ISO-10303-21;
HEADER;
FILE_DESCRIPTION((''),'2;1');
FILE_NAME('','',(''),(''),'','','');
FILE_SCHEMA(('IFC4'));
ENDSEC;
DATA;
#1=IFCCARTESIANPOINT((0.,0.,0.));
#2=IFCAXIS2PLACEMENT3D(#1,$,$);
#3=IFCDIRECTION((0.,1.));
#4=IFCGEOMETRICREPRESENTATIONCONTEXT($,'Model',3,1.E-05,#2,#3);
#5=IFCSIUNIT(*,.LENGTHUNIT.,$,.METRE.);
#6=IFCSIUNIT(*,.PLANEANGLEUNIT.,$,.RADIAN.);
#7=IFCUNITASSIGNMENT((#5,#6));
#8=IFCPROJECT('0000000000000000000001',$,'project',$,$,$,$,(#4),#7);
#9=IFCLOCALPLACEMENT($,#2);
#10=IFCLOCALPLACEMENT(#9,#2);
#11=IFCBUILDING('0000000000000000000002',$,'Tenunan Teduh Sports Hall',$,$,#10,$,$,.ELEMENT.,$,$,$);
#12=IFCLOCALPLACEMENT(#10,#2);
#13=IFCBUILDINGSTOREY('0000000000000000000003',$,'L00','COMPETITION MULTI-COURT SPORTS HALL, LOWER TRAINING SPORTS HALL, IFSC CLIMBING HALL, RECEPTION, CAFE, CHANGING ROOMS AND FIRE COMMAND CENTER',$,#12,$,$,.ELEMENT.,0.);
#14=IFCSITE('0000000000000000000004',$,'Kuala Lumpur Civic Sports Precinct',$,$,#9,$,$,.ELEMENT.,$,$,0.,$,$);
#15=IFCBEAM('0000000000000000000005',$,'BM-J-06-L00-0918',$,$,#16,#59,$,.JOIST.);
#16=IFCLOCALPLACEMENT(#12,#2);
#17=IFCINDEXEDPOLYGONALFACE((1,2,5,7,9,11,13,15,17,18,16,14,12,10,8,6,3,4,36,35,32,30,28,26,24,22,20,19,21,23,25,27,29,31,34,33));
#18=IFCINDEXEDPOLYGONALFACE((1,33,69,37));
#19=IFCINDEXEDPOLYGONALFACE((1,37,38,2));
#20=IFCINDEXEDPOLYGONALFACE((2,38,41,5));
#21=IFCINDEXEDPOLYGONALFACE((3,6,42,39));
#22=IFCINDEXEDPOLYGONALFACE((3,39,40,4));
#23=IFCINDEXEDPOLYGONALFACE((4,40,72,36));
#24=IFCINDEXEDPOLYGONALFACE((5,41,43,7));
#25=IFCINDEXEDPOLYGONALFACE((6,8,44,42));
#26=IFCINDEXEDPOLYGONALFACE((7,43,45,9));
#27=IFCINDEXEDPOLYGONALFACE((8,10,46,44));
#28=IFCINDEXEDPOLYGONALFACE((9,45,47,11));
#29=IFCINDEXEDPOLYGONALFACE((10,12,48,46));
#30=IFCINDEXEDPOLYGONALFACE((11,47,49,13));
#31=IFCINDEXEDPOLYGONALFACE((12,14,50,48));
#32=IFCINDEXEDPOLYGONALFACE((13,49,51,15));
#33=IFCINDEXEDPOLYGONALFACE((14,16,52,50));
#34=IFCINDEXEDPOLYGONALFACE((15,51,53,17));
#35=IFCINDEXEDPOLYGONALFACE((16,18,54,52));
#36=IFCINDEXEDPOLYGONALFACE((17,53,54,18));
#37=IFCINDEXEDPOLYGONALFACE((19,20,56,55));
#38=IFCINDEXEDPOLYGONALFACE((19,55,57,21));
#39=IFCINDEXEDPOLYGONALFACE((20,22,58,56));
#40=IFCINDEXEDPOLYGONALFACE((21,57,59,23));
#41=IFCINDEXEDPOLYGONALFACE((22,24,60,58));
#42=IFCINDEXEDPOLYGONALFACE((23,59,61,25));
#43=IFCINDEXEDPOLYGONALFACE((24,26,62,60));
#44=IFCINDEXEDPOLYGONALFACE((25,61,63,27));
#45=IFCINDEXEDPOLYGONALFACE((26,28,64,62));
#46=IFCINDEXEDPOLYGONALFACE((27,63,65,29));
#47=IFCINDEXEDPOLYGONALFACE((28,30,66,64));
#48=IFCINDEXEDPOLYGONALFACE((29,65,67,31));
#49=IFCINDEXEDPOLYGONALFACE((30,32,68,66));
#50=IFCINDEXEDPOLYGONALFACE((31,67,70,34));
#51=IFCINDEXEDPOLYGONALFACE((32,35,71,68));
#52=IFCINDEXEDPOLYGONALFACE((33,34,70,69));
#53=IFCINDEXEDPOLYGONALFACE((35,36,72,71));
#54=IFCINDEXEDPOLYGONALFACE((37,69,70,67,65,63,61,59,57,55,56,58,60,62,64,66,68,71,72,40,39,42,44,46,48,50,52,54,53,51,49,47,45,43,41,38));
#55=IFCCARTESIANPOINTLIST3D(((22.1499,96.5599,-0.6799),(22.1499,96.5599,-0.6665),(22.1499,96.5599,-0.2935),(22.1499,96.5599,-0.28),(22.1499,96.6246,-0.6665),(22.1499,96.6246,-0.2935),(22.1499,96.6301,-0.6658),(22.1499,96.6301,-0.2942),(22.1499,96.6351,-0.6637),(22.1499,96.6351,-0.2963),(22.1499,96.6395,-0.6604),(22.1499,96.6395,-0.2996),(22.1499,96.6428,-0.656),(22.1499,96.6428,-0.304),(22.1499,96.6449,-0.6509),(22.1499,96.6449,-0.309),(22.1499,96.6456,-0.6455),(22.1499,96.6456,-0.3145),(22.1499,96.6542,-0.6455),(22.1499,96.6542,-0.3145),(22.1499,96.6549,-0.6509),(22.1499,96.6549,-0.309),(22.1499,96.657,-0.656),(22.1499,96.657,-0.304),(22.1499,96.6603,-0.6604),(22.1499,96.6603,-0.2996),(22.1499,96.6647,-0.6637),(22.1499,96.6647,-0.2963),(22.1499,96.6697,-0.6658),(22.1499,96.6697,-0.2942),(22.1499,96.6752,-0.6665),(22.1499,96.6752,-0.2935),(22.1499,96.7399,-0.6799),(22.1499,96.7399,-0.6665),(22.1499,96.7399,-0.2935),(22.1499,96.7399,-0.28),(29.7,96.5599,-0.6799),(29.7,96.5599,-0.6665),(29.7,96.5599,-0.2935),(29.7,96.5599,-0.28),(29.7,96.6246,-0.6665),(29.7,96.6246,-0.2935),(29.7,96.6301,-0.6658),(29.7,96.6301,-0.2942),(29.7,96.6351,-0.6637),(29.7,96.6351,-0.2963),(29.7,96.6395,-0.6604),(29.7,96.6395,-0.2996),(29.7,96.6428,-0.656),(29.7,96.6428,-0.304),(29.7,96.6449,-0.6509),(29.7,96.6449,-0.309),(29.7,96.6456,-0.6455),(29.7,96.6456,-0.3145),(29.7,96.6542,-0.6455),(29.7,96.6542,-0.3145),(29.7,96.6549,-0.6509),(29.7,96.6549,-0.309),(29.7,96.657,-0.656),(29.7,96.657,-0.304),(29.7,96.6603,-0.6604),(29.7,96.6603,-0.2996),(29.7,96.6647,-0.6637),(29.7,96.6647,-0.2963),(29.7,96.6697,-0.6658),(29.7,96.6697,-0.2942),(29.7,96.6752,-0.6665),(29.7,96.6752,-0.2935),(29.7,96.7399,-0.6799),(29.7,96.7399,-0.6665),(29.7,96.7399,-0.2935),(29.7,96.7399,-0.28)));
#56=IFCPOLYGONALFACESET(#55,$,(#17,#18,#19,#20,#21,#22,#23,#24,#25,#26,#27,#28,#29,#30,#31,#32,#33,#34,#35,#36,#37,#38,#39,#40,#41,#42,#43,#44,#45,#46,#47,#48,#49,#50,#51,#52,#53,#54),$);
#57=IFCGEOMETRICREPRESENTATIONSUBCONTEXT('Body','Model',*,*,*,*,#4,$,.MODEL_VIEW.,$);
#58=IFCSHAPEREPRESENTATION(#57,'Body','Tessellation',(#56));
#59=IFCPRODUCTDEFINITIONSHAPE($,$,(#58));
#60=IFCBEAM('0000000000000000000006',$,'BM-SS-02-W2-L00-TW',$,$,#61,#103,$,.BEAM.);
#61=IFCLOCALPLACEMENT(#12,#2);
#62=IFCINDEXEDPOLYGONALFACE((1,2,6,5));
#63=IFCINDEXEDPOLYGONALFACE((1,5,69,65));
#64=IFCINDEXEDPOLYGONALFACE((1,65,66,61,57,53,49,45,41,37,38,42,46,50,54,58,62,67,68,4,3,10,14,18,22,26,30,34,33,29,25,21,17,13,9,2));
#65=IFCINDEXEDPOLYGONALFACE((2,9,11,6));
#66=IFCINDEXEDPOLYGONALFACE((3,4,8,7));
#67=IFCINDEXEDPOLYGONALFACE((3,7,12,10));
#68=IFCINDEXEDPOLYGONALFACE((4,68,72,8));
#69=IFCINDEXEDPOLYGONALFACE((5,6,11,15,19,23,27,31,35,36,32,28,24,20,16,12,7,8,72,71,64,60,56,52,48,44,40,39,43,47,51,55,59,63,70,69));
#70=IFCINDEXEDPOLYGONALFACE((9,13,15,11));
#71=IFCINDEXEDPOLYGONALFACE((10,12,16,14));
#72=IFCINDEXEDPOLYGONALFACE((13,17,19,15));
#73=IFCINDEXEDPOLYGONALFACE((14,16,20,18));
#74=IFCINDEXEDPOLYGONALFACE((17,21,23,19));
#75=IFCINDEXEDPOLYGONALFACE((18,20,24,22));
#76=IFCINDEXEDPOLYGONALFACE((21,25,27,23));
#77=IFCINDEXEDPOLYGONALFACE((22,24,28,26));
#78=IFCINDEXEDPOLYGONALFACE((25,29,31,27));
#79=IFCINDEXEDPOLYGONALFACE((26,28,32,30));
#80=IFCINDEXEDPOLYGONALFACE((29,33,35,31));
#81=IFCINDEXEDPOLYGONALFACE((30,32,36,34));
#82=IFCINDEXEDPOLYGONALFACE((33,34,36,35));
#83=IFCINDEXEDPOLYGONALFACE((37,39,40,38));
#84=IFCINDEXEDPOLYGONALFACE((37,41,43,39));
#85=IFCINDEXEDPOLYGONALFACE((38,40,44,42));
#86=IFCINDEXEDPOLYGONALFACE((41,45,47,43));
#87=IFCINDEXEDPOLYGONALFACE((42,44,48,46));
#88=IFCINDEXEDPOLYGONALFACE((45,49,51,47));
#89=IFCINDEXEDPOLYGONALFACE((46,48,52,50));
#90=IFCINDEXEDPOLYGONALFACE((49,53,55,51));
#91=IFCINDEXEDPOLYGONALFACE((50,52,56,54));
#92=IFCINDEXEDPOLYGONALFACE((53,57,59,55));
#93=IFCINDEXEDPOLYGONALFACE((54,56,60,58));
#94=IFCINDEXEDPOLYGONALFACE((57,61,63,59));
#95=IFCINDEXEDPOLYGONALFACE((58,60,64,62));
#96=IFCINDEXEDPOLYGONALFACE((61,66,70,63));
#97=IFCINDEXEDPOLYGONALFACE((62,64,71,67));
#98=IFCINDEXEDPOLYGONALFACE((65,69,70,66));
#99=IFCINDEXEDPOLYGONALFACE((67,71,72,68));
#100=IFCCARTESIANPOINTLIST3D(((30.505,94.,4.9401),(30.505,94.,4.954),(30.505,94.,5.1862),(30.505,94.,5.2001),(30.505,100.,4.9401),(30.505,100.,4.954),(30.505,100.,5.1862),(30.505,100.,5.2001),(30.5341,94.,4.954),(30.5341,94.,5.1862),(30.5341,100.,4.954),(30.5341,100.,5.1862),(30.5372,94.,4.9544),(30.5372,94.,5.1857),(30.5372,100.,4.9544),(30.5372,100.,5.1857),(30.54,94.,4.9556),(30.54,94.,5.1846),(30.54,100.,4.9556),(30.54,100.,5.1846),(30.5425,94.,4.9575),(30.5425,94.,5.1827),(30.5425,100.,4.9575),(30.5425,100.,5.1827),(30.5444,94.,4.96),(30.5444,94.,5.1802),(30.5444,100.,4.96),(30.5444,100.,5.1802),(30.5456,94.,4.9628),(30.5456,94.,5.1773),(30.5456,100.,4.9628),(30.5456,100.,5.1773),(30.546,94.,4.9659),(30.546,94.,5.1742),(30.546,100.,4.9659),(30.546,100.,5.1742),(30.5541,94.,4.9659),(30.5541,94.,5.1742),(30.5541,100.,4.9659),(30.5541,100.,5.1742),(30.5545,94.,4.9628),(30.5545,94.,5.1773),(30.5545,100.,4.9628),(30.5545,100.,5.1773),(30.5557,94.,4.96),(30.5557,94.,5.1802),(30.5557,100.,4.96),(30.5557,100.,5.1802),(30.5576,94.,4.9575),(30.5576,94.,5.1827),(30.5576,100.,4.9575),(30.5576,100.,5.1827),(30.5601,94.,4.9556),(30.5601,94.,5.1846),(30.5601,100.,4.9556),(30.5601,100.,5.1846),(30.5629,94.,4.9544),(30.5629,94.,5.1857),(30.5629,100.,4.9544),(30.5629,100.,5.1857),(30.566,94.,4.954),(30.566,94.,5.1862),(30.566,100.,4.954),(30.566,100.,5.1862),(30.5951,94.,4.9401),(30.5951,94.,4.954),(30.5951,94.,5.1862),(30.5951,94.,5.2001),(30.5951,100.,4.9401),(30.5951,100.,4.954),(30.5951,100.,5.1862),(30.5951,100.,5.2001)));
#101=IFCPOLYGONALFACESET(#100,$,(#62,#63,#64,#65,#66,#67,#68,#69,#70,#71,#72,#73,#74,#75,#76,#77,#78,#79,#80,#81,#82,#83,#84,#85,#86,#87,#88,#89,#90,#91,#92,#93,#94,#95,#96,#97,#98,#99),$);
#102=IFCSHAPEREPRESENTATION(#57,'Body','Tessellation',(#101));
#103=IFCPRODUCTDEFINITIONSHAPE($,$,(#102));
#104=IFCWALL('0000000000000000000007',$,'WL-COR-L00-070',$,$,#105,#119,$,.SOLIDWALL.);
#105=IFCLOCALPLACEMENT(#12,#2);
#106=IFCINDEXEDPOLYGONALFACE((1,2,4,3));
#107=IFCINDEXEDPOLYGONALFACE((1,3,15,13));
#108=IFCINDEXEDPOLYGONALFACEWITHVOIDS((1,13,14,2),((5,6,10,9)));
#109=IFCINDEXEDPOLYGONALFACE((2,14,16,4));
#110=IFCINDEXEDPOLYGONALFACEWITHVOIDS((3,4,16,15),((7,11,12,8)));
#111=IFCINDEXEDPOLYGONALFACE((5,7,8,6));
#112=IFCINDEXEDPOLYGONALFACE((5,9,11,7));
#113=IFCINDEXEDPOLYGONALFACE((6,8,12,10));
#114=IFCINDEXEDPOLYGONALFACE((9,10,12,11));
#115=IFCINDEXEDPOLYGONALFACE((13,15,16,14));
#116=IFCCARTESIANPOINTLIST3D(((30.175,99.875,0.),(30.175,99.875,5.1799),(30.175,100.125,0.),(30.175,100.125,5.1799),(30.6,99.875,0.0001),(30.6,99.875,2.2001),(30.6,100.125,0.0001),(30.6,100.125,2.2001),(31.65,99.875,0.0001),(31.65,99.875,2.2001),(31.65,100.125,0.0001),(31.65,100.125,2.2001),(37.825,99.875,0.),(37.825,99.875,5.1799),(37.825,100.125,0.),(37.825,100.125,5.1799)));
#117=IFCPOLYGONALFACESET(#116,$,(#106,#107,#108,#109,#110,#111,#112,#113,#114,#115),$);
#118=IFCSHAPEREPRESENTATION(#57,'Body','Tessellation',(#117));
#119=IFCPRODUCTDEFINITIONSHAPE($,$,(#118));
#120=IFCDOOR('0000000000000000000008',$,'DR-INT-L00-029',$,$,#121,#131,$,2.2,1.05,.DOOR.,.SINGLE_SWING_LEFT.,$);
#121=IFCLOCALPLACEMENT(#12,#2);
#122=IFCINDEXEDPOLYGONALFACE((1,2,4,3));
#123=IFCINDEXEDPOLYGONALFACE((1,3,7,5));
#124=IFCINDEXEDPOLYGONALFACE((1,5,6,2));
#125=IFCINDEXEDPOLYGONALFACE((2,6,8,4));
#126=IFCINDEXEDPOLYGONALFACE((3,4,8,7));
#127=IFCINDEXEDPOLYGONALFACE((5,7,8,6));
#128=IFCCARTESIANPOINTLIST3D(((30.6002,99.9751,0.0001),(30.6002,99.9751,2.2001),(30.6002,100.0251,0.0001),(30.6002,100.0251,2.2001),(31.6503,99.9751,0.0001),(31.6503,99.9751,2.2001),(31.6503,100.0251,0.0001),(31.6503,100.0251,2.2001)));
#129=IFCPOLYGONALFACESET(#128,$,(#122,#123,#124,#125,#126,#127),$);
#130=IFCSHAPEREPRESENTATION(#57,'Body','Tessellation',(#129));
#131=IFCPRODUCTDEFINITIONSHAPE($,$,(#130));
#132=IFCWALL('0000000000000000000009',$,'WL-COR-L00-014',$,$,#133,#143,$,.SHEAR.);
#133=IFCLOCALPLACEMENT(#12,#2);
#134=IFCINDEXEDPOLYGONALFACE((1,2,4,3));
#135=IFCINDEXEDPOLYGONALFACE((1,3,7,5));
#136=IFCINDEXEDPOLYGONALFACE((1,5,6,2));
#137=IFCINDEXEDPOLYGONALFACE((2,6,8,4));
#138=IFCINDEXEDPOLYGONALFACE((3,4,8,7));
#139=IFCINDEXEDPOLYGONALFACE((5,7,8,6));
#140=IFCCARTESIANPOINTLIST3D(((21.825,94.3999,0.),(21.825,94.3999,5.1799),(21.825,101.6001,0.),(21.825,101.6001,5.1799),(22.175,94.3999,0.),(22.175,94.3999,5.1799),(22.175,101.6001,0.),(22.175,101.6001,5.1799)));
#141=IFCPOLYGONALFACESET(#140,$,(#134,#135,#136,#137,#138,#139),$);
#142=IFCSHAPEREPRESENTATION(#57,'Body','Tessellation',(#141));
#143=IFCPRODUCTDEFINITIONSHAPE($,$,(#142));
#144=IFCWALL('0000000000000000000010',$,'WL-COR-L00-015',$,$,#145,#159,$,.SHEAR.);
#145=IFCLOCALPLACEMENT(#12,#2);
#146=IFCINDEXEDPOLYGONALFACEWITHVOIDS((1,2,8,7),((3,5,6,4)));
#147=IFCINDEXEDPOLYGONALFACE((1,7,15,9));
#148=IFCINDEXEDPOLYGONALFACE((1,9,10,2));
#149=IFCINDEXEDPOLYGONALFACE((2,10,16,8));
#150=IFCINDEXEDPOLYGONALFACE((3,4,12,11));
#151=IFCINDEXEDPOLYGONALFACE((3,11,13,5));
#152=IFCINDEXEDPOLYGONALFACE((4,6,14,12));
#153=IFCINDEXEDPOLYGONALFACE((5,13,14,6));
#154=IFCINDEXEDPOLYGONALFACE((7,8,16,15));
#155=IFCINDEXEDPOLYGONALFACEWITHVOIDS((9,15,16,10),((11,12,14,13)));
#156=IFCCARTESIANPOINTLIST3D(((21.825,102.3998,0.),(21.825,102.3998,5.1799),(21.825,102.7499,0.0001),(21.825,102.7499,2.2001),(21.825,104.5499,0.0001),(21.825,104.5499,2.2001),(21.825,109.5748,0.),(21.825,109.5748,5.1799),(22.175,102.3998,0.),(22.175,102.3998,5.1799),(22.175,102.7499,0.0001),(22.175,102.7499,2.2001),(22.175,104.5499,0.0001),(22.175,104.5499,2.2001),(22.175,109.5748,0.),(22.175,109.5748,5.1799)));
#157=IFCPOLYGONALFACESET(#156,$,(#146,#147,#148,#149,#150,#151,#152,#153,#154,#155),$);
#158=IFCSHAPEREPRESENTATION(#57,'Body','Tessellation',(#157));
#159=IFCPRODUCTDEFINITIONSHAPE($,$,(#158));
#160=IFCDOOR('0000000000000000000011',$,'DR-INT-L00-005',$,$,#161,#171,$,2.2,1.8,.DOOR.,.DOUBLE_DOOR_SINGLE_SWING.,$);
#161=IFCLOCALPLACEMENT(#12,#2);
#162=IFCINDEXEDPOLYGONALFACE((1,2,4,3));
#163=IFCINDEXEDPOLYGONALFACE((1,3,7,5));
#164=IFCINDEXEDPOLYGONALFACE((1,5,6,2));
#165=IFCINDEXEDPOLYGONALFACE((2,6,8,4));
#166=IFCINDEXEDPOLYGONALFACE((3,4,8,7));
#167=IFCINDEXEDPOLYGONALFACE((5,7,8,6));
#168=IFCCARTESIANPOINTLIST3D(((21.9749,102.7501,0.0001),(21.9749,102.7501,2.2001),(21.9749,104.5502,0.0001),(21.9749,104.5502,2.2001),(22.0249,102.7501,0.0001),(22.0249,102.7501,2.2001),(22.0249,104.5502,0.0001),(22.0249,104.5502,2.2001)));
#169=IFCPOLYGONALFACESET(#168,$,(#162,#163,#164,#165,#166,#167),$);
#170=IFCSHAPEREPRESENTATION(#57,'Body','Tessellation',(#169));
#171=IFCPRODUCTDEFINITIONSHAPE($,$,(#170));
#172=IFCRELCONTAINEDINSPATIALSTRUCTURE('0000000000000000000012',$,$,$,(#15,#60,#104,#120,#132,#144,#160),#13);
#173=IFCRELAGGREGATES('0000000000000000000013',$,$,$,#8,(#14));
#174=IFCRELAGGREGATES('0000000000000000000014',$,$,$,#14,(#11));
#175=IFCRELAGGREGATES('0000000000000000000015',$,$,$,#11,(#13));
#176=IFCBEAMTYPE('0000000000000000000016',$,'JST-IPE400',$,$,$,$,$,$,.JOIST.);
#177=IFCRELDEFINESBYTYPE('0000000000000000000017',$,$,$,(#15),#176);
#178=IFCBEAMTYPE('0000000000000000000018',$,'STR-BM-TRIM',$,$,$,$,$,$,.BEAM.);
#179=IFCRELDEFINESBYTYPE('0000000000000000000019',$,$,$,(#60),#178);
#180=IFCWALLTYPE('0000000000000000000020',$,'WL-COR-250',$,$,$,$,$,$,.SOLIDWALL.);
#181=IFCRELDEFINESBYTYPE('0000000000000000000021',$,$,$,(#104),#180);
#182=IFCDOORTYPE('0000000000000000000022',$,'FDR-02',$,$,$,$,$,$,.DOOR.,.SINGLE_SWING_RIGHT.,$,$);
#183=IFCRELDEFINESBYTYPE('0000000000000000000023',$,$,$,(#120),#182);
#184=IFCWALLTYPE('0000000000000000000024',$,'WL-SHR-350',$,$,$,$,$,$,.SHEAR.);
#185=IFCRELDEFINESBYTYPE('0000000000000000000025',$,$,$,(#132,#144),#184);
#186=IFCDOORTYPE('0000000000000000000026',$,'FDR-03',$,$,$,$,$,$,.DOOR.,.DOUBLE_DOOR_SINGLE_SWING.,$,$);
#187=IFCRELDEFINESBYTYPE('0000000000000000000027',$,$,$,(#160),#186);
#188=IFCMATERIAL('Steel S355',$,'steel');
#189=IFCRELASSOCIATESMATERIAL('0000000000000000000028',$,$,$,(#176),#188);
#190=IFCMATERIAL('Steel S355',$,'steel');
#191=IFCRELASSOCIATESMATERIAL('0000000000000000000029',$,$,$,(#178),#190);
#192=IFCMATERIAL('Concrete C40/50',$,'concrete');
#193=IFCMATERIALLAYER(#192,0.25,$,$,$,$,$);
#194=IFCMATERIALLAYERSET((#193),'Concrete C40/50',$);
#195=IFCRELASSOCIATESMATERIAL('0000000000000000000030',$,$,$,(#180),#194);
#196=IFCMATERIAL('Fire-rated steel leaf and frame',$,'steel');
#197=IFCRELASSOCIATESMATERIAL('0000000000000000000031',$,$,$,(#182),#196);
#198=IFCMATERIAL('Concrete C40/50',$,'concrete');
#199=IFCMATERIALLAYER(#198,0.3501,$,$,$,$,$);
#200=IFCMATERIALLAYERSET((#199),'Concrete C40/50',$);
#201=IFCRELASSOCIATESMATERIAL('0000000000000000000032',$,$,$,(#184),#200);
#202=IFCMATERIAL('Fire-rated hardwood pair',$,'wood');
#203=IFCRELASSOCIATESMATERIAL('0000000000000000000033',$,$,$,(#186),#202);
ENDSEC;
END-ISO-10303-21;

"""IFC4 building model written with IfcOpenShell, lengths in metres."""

from ifc_helpers import new_model, si_unit, direction, frame, frame_2d, origin, origin_2d, place, context, subcontext, project, spatial, rectangle, i_section, extrude, material, layer, layer_set, material_profile, profile_set, type_object, element, fill, save


model = new_model("IFC4")

# Units and contexts
model_context = context("Model", 3, precision=1e-05, world=origin(), true_north=direction((0.0, 1.0)))
body_context = subcontext(model_context, "Body", "Model", "MODEL_VIEW")
ifc_project = project(units=[si_unit("LENGTHUNIT", "METRE"), si_unit("PLANEANGLEUNIT", "RADIAN")], contexts=[model_context])

# Site, building, storey
site_placement = place(None, origin())
site = spatial("IfcSite", under=ifc_project, at=site_placement, Name="Kuala Lumpur Civic Sports Precinct", CompositionType="ELEMENT", RefElevation=0.0)
building_placement = place(site_placement, origin())
building = spatial("IfcBuilding", under=site, at=building_placement, Name="Tenunan Teduh Sports Hall", CompositionType="ELEMENT")
storey_placement = place(building_placement, origin())
storey = spatial("IfcBuildingStorey", under=building, at=storey_placement, Name="L00", Description="COMPETITION MULTI-COURT SPORTS HALL, LOWER TRAINING SPORTS HALL, IFSC CLIMBING HALL, RECEPTION, CAFE, CHANGING ROOMS AND FIRE COMMAND CENTER", CompositionType="ELEMENT", Elevation=0.0)

# Beams
ifc_material_1 = material(Name="Steel S355", Category="steel")
ifc_material_profile_1 = material_profile(ifc_material_1, i_section(OverallWidth=0.1799, OverallDepth=0.3999, WebThickness=0.0085, FlangeThickness=0.0134, FilletRadius=0.021, at=origin_2d()), Name="IPE 400")
ifc_profile_set_1 = profile_set([ifc_material_profile_1], Name="Steel S355")
beam_type_1 = type_object("IfcBeamType", Name="JST-IPE400", PredefinedType="JOIST", material=ifc_profile_set_1)
beam_1_placement = place(storey_placement, frame((22.1499, 96.6499, -0.48), z_axis=(1.0, 0.0, 0.0), x_axis=(0.0, 1.0, 0.0)))
element("IfcBeam", 1, at=beam_1_placement, inside=storey, type_object=beam_type_1, Name="BM-J-06-L00-0918", PredefinedType="JOIST", context=body_context, shape_type="SweptSolid", body=[
    extrude(i_section(OverallWidth=0.1799, OverallDepth=0.3999, WebThickness=0.0085, FlangeThickness=0.0134, FilletRadius=0.021, at=origin_2d()), origin(), (0.0, 0.0, 1.0), 7.55),
])
ifc_material_2 = material(Name="Steel S355", Category="steel")
ifc_material_profile_2 = material_profile(ifc_material_2, i_section(OverallWidth=0.0901, OverallDepth=0.26, WebThickness=0.0081, FlangeThickness=0.0139, FilletRadius=0.012, at=origin_2d()), Name="PFC 260x90")
ifc_profile_set_2 = profile_set([ifc_material_profile_2], Name="Steel S355")
beam_type_2 = type_object("IfcBeamType", Name="STR-BM-TRIM", PredefinedType="BEAM", material=ifc_profile_set_2)
beam_2_placement = place(storey_placement, frame((30.55, 94.0, 5.0701), z_axis=(0.0, 1.0, 0.0), x_axis=(-1.0, 0.0, 0.0)))
element("IfcBeam", 2, at=beam_2_placement, inside=storey, type_object=beam_type_2, Name="BM-SS-02-W2-L00-TW", PredefinedType="BEAM", context=body_context, shape_type="SweptSolid", body=[
    extrude(i_section(OverallWidth=0.0901, OverallDepth=0.26, WebThickness=0.0081, FlangeThickness=0.0139, FilletRadius=0.012, at=origin_2d()), origin(), (0.0, 0.0, 1.0), 6.0),
])

# Wall, opening, door
ifc_material_3 = material(Name="Concrete C40/50", Category="concrete")
ifc_layer_1 = layer(ifc_material_3, 0.25)
ifc_layer_set_1 = layer_set([ifc_layer_1], Name="Concrete C40/50")
wall_type_1 = type_object("IfcWallType", Name="WL-COR-250", PredefinedType="SOLIDWALL", material=ifc_layer_set_1)
wall_1_placement = place(storey_placement, frame((30.175, 100.0, 0.0), z_axis=(0.0, 0.0, 1.0), x_axis=(1.0, 0.0, 0.0)))
wall_1 = element("IfcWall", 3, at=wall_1_placement, inside=storey, type_object=wall_type_1, Name="WL-COR-L00-070", PredefinedType="SOLIDWALL", context=body_context, shape_type="SweptSolid", body=[
    extrude(rectangle(XDim=7.6499, YDim=0.25, at=frame_2d((3.825, 0.0))), origin(), (0.0, 0.0, 1.0), 5.1799),
])
opening_1_placement = place(wall_1_placement, frame((0.425, 0.0, 0.0)))
opening_1 = element("IfcOpeningElement", 4, at=opening_1_placement, cuts=wall_1, PredefinedType="OPENING", context=body_context, shape_type="SweptSolid", body=[
    extrude(rectangle(XDim=1.05, YDim=2.2, at=frame_2d((0.5249, 1.1001))), frame((0.0, 0.135, 0.0), z_axis=(0.0, -1.0, 0.0), x_axis=(1.0, 0.0, 0.0)), (0.0, 0.0, 1.0), 0.27),
])
ifc_material_4 = material(Name="Fire-rated steel leaf and frame", Category="steel")
door_type_1 = type_object("IfcDoorType", Name="FDR-02", OperationType="SINGLE_SWING_RIGHT", PredefinedType="DOOR", material=ifc_material_4)
door_1_placement = place(opening_1_placement, frame((1.05, 0.0, 0.0), z_axis=(0.0, 0.0, 1.0), x_axis=(-1.0, 0.0, 0.0)))
door_1 = element("IfcDoor", 5, at=door_1_placement, inside=storey, type_object=door_type_1, Name="DR-INT-L00-029", OperationType="SINGLE_SWING_LEFT", OverallHeight=2.2, OverallWidth=1.05, PredefinedType="DOOR", context=body_context, shape_type="SweptSolid", body=[
    extrude(rectangle(XDim=1.05, YDim=2.2, at=frame_2d((0.5249, 1.1001))), frame((0.0, 0.0249, 0.0), z_axis=(0.0, -1.0, 0.0), x_axis=(1.0, 0.0, 0.0)), (0.0, 0.0, 1.0), 0.05),
])
fill(opening_1, door_1)

# Wall
ifc_material_5 = material(Name="Concrete C40/50", Category="concrete")
ifc_layer_2 = layer(ifc_material_5, 0.3501)
ifc_layer_set_2 = layer_set([ifc_layer_2], Name="Concrete C40/50")
wall_type_2 = type_object("IfcWallType", Name="WL-SHR-350", PredefinedType="SHEAR", material=ifc_layer_set_2)
wall_2_placement = place(storey_placement, frame((22.0, 94.3999, 0.0), z_axis=(0.0, 0.0, 1.0), x_axis=(0.0, 1.0, 0.0)))
element("IfcWall", 6, at=wall_2_placement, inside=storey, type_object=wall_type_2, Name="WL-COR-L00-014", PredefinedType="SHEAR", context=body_context, shape_type="SweptSolid", body=[
    extrude(rectangle(XDim=7.2002, YDim=0.3501, at=frame_2d((3.6001, 0.0))), origin(), (0.0, 0.0, 1.0), 5.1799),
])

# Wall, opening, door
wall_3_placement = place(storey_placement, frame((22.0, 102.3999, 0.0), z_axis=(0.0, 0.0, 1.0), x_axis=(0.0, 1.0, 0.0)))
wall_3 = element("IfcWall", 7, at=wall_3_placement, inside=storey, type_object=wall_type_2, Name="WL-COR-L00-015", PredefinedType="SHEAR", context=body_context, shape_type="SweptSolid", body=[
    extrude(rectangle(XDim=7.175, YDim=0.3501, at=frame_2d((3.5874, 0.0))), origin(), (0.0, 0.0, 1.0), 5.1799),
])
opening_2_placement = place(wall_3_placement, frame((0.3501, 0.0, 0.0)))
opening_2 = element("IfcOpeningElement", 8, at=opening_2_placement, cuts=wall_3, PredefinedType="OPENING", context=body_context, shape_type="SweptSolid", body=[
    extrude(rectangle(XDim=1.8, YDim=2.2, at=frame_2d((0.8999, 1.1001))), frame((0.0, 0.1851, 0.0), z_axis=(0.0, -1.0, 0.0), x_axis=(1.0, 0.0, 0.0)), (0.0, 0.0, 1.0), 0.3701),
])
ifc_material_6 = material(Name="Fire-rated hardwood pair", Category="wood")
door_type_2 = type_object("IfcDoorType", Name="FDR-03", OperationType="DOUBLE_DOOR_SINGLE_SWING", PredefinedType="DOOR", material=ifc_material_6)
door_2_placement = place(opening_2_placement, frame((1.8, 0.0, 0.0), z_axis=(0.0, 0.0, 1.0), x_axis=(-1.0, 0.0, 0.0)))
door_2 = element("IfcDoor", 9, at=door_2_placement, inside=storey, type_object=door_type_2, Name="DR-INT-L00-005", OperationType="DOUBLE_DOOR_SINGLE_SWING", OverallHeight=2.2, OverallWidth=1.8, PredefinedType="DOOR", context=body_context, shape_type="SweptSolid", body=[
    extrude(rectangle(XDim=1.8, YDim=2.2, at=frame_2d((0.8999, 1.1001))), frame((0.0, 0.0249, 0.0), z_axis=(0.0, -1.0, 0.0), x_axis=(1.0, 0.0, 0.0)), (0.0, 0.0, 1.0), 0.05),
])
fill(opening_2, door_2)

save(model, "model.ifc")
